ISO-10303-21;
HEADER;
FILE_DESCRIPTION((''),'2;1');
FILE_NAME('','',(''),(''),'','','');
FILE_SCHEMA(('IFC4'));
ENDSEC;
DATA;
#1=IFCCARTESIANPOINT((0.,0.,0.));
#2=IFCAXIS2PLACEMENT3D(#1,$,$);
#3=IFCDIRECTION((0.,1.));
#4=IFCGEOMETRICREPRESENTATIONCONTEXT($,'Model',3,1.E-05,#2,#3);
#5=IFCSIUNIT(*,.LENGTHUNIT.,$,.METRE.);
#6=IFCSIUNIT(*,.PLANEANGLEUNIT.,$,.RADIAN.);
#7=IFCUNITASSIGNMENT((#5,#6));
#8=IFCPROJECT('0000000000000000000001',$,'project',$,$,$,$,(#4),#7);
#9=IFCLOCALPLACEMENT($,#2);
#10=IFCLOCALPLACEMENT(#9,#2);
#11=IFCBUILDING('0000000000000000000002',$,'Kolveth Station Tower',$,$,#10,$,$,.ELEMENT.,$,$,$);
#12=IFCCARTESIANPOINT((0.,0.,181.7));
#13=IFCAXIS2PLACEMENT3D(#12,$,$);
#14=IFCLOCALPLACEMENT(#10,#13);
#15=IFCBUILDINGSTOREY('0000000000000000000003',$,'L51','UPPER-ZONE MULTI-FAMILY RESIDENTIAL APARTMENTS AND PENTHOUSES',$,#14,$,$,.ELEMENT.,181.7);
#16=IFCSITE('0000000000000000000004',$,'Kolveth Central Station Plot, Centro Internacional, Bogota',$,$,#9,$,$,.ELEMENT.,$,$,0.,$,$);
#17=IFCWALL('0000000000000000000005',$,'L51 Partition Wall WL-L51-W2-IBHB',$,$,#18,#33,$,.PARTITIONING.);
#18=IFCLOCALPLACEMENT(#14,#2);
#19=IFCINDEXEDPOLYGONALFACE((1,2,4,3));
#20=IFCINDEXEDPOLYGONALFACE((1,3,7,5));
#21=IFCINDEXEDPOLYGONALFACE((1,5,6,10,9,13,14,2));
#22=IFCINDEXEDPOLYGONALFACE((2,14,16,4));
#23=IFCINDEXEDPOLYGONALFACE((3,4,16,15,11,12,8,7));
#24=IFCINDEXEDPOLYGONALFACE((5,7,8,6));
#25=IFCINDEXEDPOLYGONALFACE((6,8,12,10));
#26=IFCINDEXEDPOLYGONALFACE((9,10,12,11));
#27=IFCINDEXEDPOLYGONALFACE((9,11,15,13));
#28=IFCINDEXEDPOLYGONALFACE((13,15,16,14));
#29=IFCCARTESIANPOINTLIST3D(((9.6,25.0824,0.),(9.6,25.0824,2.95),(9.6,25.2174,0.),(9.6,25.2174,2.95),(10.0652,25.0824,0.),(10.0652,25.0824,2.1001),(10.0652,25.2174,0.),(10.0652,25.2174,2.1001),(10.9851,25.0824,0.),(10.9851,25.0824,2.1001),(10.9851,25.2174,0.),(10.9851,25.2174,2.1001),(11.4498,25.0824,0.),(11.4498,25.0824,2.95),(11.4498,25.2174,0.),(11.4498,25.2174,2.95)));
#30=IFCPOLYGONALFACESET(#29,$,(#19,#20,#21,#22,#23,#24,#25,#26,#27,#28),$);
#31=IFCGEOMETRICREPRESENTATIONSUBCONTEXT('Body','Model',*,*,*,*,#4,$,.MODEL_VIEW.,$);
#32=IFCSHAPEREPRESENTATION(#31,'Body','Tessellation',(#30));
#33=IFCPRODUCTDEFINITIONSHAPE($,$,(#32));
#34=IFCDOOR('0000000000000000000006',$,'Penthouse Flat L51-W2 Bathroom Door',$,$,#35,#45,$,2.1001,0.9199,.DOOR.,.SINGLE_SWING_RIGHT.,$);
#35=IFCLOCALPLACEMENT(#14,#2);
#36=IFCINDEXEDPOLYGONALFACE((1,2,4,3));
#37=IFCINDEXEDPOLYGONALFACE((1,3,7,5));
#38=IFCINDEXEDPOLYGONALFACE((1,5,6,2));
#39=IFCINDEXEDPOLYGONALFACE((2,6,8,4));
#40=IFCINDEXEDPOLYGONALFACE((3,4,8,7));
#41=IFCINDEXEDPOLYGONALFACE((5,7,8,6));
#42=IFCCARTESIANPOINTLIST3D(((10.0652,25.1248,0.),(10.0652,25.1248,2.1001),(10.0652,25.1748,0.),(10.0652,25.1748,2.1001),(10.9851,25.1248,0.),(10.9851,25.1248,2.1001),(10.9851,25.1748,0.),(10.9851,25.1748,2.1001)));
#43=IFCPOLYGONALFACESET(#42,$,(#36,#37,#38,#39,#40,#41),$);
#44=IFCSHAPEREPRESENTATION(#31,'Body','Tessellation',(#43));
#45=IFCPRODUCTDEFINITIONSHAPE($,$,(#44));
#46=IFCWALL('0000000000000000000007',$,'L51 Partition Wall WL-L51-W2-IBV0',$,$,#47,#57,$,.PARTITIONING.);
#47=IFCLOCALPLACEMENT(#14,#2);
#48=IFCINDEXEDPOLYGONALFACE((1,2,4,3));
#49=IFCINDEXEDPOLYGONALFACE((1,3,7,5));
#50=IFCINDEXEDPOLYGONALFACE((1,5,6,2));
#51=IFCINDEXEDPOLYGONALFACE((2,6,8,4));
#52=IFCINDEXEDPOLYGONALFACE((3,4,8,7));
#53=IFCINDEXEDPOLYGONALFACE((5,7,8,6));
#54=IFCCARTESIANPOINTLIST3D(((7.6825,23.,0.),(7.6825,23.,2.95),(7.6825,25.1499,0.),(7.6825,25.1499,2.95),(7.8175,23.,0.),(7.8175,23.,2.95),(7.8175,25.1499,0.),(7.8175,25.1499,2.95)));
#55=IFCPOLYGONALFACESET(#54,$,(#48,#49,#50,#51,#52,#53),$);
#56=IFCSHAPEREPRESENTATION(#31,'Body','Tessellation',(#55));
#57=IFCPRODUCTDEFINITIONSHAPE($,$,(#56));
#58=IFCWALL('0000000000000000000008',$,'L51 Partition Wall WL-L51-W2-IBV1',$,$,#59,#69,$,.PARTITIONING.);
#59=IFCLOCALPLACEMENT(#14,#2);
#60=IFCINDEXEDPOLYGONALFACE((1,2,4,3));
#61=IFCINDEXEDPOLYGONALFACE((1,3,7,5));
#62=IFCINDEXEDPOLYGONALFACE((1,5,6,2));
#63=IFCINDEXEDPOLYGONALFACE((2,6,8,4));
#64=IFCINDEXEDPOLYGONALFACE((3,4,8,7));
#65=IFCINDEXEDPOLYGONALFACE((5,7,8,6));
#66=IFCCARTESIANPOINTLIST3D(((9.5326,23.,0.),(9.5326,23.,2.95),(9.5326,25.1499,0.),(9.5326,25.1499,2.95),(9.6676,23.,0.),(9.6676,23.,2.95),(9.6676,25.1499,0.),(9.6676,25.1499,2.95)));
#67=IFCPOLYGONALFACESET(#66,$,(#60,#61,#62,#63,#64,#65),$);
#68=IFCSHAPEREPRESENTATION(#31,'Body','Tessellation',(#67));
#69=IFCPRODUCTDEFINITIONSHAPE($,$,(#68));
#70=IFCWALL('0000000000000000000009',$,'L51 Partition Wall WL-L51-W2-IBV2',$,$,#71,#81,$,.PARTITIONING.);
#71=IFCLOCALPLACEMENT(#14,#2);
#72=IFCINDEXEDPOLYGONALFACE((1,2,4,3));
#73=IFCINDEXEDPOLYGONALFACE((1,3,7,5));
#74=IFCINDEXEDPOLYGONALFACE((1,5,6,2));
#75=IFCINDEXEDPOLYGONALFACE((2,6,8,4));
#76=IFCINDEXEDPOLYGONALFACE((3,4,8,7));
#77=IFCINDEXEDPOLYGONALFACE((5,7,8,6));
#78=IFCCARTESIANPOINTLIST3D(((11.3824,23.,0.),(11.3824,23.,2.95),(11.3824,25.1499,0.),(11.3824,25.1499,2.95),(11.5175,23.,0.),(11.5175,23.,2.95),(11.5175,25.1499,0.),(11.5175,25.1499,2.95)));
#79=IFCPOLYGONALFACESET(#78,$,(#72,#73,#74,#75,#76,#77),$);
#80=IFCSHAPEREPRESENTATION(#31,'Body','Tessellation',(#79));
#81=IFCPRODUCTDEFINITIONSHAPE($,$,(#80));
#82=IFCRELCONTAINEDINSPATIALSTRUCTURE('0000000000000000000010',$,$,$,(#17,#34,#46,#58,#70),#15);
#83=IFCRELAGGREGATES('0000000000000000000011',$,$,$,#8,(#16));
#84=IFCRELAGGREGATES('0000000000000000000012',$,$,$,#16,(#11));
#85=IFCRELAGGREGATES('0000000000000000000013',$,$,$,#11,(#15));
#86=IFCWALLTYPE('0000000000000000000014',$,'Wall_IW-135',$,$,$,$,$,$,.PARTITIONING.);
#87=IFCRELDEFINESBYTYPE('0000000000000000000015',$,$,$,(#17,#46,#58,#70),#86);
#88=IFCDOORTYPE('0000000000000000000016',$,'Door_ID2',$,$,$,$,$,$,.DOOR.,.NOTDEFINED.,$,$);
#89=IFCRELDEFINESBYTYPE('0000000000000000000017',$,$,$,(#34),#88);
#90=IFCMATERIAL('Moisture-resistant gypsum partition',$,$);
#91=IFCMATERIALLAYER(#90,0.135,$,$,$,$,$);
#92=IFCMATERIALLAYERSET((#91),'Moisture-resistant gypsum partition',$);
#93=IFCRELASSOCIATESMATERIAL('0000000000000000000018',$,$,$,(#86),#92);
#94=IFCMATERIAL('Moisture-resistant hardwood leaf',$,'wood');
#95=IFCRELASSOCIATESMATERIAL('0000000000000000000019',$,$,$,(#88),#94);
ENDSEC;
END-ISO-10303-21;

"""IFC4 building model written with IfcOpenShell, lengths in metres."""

from ifc_helpers import new_model, si_unit, direction, frame, frame_2d, origin, place, context, subcontext, project, spatial, rectangle, extrude, material, layer, layer_set, type_object, element, fill, save


model = new_model("IFC4")

# Units and contexts
model_context = context("Model", 3, precision=1e-05, world=origin(), true_north=direction((0.0, 1.0)))
body_context = subcontext(model_context, "Body", "Model", "MODEL_VIEW")
ifc_project = project(units=[si_unit("LENGTHUNIT", "METRE"), si_unit("PLANEANGLEUNIT", "RADIAN")], contexts=[model_context])

# Site, building, storey
site_placement = place(None, origin())
site = spatial("IfcSite", under=ifc_project, at=site_placement, Name="Kolveth Central Station Plot, Centro Internacional, Bogota", CompositionType="ELEMENT", RefElevation=0.0)
building_placement = place(site_placement, origin())
building = spatial("IfcBuilding", under=site, at=building_placement, Name="Kolveth Station Tower", CompositionType="ELEMENT")
storey_placement = place(building_placement, frame((0.0, 0.0, 181.7)))
storey = spatial("IfcBuildingStorey", under=building, at=storey_placement, Name="L51", Description="UPPER-ZONE MULTI-FAMILY RESIDENTIAL APARTMENTS AND PENTHOUSES", CompositionType="ELEMENT", Elevation=181.7)

# Wall, opening, door
ifc_material_1 = material(Name="Moisture-resistant gypsum partition")
ifc_layer = layer(ifc_material_1, 0.135)
ifc_layer_set = layer_set([ifc_layer], Name="Moisture-resistant gypsum partition")
wall_type = type_object("IfcWallType", Name="Wall_IW-135", PredefinedType="PARTITIONING", material=ifc_layer_set)
wall_1_placement = place(storey_placement, frame((9.6001, 25.1499, 0.0), z_axis=(0.0, 0.0, 1.0), x_axis=(1.0, 0.0, 0.0)))
wall_1 = element("IfcWall", 1, at=wall_1_placement, inside=storey, type_object=wall_type, Name="L51 Partition Wall WL-L51-W2-IBHB", PredefinedType="PARTITIONING", context=body_context, shape_type="SweptSolid", body=[
    extrude(rectangle(XDim=1.8499, YDim=0.135, at=frame_2d((0.9248, 0.0))), origin(), (0.0, 0.0, 1.0), 2.95),
])
opening_1_placement = place(wall_1_placement, frame((0.4651, 0.0, 0.0)))
opening_1 = element("IfcOpeningElement", 2, at=opening_1_placement, cuts=wall_1, PredefinedType="OPENING", context=body_context, shape_type="SweptSolid", body=[
    extrude(rectangle(XDim=0.9199, YDim=2.1001, at=frame_2d((0.46, 1.05))), frame((0.0, 0.0774, 0.0), z_axis=(0.0, -1.0, 0.0), x_axis=(1.0, 0.0, 0.0)), (0.0, 0.0, 1.0), 0.155),
])
ifc_material_2 = material(Name="Moisture-resistant hardwood leaf", Category="wood")
door_type_1 = type_object("IfcDoorType", Name="Door_ID2", OperationType="NOTDEFINED", PredefinedType="DOOR", material=ifc_material_2)
door_1_placement = place(opening_1_placement, origin())
door_1 = element("IfcDoor", 3, at=door_1_placement, inside=storey, type_object=door_type_1, Name="Penthouse Flat L51-W2 Bathroom Door", OperationType="SINGLE_SWING_RIGHT", OverallHeight=2.1001, OverallWidth=0.9199, PredefinedType="DOOR", context=body_context, shape_type="SweptSolid", body=[
    extrude(rectangle(XDim=0.9199, YDim=2.1001, at=frame_2d((0.46, 1.05))), frame((0.0, 0.0249, 0.0), z_axis=(0.0, -1.0, 0.0), x_axis=(1.0, 0.0, 0.0)), (0.0, 0.0, 1.0), 0.05),
])
fill(opening_1, door_1)

# Walls
for number, where, z_axis, x_axis, name in (
    (4, (7.75, 23.0, 0.0), (0.0, 0.0, 1.0), (0.0, 1.0, 0.0), "L51 Partition Wall WL-L51-W2-IBV0"),
    (5, (9.6001, 23.0, 0.0), (0.0, 0.0, 1.0), (0.0, 1.0, 0.0), "L51 Partition Wall WL-L51-W2-IBV1"),
    (6, (11.45, 23.0, 0.0), (0.0, 0.0, 1.0), (0.0, 1.0, 0.0), "L51 Partition Wall WL-L51-W2-IBV2"),
):
    element("IfcWall", number, at=place(storey_placement, frame(where, z_axis=z_axis, x_axis=x_axis)), inside=storey, type_object=wall_type, Name=name, PredefinedType="PARTITIONING", context=body_context, shape_type="SweptSolid", body=[
        extrude(rectangle(XDim=2.1499, YDim=0.135, at=frame_2d((1.075, 0.0))), origin(), (0.0, 0.0, 1.0), 2.95),
    ])

save(model, "model.ifc")
